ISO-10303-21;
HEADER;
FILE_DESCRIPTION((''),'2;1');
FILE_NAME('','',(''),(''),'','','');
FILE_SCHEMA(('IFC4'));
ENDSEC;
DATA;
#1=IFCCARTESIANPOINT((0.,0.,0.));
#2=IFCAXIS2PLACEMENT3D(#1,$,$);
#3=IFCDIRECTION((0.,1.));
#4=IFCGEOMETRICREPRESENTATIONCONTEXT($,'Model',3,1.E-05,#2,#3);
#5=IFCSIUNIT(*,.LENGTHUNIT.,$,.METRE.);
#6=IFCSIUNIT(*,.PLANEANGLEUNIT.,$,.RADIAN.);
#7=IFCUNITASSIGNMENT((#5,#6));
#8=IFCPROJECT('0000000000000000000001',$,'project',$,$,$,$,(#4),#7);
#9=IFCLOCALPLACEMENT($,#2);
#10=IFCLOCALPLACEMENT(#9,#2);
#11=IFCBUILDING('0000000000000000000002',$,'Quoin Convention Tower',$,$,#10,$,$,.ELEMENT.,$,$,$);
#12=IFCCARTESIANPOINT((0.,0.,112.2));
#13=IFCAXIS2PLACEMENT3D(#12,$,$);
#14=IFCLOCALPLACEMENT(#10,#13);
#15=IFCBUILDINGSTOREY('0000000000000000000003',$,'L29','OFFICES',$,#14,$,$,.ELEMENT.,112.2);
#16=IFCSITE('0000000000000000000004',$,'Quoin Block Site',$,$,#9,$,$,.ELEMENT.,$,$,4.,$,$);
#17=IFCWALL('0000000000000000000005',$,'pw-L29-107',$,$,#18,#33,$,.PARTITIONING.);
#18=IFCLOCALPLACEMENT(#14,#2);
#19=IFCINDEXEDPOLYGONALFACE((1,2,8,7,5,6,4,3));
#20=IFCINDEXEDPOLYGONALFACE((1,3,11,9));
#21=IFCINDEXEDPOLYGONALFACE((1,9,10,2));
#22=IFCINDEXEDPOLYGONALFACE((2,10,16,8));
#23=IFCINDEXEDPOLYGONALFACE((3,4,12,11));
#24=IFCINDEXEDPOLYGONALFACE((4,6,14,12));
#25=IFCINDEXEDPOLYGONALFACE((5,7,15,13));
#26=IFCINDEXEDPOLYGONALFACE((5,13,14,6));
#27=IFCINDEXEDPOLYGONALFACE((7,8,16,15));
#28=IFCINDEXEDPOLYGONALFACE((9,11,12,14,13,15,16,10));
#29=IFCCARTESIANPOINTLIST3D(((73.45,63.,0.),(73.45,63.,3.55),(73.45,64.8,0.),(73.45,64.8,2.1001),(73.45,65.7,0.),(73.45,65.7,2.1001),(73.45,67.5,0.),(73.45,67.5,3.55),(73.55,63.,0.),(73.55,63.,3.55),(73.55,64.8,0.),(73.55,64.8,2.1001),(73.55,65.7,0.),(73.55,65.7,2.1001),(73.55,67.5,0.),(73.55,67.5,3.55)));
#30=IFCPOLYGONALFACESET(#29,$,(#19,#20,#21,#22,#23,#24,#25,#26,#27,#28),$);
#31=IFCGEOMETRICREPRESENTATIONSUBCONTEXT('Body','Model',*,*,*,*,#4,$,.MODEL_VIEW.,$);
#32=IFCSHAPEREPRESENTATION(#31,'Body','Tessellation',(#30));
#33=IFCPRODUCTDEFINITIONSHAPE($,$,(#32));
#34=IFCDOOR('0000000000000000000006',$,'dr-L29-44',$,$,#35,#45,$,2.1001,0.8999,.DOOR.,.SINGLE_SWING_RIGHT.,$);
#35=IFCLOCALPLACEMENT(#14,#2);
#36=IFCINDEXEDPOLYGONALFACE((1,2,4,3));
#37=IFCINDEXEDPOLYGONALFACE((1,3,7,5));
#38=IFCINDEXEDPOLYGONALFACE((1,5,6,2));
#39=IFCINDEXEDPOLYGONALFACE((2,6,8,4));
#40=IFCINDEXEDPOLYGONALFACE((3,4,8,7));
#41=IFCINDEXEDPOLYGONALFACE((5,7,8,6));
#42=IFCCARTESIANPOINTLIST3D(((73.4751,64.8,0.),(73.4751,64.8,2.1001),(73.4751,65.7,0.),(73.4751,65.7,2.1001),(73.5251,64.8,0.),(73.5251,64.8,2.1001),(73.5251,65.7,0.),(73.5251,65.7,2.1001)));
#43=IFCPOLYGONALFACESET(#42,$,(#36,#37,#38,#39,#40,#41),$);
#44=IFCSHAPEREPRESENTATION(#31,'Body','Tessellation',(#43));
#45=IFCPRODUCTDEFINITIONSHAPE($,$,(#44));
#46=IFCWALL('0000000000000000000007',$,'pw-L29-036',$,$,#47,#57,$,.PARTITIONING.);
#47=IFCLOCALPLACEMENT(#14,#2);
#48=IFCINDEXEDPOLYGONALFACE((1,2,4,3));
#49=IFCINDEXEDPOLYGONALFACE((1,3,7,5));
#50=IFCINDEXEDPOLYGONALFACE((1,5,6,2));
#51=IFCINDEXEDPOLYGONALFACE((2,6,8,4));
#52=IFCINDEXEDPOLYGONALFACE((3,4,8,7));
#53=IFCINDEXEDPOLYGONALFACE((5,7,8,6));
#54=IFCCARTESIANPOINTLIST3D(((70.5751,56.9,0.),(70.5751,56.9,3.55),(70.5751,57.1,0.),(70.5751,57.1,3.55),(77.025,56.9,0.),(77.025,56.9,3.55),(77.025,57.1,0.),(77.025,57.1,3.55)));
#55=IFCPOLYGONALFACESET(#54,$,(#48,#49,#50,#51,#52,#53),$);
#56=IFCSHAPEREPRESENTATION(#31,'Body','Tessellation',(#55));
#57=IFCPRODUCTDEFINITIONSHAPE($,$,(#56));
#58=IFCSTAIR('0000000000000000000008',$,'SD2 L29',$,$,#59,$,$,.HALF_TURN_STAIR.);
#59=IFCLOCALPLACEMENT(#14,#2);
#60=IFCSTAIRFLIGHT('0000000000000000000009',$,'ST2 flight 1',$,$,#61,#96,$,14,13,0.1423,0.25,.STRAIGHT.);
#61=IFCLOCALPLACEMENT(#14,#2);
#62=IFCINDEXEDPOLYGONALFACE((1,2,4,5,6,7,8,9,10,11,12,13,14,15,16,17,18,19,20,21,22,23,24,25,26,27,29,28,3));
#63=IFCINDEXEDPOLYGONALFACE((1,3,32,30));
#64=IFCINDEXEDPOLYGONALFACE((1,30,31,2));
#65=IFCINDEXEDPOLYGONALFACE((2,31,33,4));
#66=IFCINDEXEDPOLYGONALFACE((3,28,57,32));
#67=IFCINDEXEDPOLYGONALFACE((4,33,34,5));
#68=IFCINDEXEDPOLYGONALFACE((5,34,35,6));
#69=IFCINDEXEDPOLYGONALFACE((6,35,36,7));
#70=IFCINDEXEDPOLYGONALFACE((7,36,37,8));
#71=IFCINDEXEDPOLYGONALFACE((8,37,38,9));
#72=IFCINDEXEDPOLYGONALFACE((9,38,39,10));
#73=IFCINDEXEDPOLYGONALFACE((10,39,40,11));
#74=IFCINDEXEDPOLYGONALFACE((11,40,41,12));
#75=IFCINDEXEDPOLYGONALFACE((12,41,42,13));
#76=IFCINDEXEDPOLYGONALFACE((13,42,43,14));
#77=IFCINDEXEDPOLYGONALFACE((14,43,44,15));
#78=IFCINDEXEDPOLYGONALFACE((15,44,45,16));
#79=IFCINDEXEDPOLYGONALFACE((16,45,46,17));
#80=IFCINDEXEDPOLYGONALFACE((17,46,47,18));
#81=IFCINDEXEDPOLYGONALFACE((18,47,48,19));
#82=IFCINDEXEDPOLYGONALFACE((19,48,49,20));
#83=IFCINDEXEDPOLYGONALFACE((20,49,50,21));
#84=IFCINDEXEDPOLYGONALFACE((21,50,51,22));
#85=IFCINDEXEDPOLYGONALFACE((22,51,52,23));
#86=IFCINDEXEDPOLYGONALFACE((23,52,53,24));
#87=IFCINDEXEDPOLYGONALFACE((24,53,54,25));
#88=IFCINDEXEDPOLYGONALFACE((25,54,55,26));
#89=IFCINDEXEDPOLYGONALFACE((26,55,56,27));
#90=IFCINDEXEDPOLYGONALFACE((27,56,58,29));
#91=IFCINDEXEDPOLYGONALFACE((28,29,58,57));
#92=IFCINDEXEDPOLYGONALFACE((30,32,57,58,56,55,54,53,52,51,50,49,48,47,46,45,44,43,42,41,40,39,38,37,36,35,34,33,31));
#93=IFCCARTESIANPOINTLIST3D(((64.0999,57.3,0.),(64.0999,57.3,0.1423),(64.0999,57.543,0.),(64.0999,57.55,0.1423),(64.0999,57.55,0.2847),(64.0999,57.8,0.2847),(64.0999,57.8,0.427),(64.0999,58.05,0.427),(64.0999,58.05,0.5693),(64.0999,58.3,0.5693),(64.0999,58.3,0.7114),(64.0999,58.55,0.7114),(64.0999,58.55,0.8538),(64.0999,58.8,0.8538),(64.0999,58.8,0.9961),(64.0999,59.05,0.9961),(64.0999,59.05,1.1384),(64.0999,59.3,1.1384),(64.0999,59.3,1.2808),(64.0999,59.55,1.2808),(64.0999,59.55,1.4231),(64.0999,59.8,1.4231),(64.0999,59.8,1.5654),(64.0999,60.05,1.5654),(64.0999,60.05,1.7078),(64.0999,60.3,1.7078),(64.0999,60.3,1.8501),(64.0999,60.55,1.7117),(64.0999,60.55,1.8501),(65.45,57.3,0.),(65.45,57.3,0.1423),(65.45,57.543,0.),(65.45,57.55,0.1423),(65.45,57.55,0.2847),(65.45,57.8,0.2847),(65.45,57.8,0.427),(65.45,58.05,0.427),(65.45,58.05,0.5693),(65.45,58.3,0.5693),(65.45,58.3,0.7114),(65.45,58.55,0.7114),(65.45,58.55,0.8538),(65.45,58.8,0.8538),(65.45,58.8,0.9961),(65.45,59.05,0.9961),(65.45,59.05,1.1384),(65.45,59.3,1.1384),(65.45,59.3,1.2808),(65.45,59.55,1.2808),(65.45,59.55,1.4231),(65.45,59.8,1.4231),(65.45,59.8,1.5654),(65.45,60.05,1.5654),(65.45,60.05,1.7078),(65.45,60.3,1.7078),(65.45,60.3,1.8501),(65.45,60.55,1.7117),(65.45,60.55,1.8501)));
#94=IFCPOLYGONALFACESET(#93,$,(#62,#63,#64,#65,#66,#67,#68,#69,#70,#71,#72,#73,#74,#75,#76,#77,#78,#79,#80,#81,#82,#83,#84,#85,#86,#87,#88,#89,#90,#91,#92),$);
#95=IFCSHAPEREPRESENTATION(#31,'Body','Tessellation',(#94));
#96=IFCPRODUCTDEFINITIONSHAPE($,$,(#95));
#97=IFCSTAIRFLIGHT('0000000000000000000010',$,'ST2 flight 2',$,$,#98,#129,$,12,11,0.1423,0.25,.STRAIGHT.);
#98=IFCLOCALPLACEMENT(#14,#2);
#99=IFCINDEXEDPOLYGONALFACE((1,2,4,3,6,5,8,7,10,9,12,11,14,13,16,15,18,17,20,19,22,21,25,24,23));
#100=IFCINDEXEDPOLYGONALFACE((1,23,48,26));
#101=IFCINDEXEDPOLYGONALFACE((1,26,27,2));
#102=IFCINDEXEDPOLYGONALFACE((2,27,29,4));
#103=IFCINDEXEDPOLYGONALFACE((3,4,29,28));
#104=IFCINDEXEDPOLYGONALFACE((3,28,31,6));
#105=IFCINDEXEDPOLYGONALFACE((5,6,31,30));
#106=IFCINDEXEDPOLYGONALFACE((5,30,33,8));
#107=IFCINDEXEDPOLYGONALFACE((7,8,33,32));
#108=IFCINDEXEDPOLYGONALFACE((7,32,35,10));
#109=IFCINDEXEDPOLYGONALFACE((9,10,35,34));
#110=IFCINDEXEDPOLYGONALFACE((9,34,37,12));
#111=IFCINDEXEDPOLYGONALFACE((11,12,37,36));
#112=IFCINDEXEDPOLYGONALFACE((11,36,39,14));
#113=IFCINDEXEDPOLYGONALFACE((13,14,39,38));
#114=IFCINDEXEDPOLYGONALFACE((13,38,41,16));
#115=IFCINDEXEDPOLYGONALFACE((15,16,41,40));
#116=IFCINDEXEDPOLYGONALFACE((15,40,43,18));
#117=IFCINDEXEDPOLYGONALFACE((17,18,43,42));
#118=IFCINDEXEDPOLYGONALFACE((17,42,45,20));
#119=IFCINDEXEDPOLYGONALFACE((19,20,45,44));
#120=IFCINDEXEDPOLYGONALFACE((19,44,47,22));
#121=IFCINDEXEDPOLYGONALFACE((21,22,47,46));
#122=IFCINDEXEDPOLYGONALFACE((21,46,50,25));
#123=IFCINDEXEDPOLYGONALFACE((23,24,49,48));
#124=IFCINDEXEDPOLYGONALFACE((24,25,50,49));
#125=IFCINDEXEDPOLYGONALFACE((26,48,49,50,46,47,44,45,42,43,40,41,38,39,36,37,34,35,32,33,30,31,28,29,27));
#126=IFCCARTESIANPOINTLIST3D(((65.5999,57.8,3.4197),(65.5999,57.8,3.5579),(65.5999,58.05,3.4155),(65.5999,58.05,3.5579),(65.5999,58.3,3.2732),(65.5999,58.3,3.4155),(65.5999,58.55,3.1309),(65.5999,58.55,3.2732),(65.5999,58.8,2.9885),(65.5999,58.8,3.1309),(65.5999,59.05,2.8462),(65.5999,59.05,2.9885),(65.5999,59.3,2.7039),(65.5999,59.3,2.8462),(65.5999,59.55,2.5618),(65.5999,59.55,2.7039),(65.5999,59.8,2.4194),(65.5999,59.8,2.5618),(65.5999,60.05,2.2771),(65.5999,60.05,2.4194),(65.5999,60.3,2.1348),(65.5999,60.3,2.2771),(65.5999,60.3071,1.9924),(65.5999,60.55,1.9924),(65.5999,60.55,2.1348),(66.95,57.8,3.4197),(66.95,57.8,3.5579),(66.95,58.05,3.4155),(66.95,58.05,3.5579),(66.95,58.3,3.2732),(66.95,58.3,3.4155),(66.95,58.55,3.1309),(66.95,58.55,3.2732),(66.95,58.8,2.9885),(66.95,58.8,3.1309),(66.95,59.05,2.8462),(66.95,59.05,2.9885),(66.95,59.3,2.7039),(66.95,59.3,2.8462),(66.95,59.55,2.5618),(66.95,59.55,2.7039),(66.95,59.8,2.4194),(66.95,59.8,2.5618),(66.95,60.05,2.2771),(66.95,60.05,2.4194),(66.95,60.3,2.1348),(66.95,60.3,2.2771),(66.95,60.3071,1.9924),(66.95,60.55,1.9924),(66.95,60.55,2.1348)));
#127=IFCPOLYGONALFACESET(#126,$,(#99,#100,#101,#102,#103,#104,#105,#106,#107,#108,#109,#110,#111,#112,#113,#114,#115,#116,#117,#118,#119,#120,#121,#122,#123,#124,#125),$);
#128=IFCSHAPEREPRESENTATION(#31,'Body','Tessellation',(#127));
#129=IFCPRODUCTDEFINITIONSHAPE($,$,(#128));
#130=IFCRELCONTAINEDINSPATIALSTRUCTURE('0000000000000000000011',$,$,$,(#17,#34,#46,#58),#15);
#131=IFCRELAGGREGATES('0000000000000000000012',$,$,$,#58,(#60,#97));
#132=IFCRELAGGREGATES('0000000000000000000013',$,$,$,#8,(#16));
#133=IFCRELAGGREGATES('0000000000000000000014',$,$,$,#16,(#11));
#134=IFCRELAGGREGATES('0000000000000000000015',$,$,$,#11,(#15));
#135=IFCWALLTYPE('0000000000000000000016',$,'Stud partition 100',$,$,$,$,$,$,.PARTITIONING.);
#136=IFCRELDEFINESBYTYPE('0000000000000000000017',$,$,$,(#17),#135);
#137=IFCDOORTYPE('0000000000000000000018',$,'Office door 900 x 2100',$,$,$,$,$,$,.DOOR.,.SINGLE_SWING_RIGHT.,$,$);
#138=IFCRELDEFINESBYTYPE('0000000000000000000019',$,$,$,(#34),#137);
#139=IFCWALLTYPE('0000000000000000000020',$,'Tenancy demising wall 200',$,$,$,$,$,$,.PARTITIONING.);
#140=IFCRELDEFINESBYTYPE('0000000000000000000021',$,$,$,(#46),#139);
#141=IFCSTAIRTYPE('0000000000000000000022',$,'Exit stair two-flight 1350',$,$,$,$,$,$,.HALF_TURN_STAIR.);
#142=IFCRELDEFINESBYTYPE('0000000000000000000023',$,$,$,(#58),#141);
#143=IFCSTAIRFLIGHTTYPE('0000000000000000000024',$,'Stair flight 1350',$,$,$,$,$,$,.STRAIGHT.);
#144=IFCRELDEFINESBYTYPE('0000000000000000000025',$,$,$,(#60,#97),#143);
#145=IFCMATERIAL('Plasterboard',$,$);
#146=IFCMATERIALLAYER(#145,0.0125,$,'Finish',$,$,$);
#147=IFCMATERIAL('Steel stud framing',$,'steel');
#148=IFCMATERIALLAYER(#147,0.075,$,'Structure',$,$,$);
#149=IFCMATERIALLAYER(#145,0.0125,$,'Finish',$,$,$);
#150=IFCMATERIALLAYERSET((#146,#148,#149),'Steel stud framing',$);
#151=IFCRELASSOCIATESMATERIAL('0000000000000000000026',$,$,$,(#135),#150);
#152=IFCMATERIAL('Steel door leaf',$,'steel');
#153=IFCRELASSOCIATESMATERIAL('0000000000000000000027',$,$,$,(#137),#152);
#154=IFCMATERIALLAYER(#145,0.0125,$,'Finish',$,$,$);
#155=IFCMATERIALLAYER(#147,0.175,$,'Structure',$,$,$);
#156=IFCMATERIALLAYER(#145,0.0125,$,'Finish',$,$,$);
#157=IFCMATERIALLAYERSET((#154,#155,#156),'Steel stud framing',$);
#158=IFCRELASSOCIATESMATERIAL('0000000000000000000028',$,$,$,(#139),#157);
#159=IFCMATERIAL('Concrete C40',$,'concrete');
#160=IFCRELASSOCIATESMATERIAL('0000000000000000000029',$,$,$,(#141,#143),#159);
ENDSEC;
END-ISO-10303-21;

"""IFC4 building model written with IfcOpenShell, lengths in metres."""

from ifc_helpers import new_model, si_unit, direction, frame, frame_2d, origin, place, context, subcontext, project, spatial, polyline, rectangle, outline, extrude, material, layer, layer_set, type_object, element, fill, aggregate, save


model = new_model("IFC4")

# Units and contexts
model_context = context("Model", 3, precision=1e-05, world=origin(), true_north=direction((0.0, 1.0)))
body_context = subcontext(model_context, "Body", "Model", "MODEL_VIEW")
ifc_project = project(units=[si_unit("LENGTHUNIT", "METRE"), si_unit("PLANEANGLEUNIT", "RADIAN")], contexts=[model_context])

# Site, building, storey
site_placement = place(None, origin())
site = spatial("IfcSite", under=ifc_project, at=site_placement, Name="Quoin Block Site", CompositionType="ELEMENT", RefElevation=4.0)
building_placement = place(site_placement, origin())
building = spatial("IfcBuilding", under=site, at=building_placement, Name="Quoin Convention Tower", CompositionType="ELEMENT")
storey_placement = place(building_placement, frame((0.0, 0.0, 112.2)))
storey = spatial("IfcBuildingStorey", under=building, at=storey_placement, Name="L29", Description="OFFICES", CompositionType="ELEMENT", Elevation=112.2)

# Shared definitions
ifc_material_1 = material(Name="Plasterboard")
ifc_material_2 = material(Name="Steel stud framing", Category="steel")

# Shared definitions
ifc_material_3 = material(Name="Steel door leaf", Category="steel")
ifc_layer_1 = layer(ifc_material_1, 0.0125, Name="Finish")
ifc_layer_2 = layer(ifc_material_2, 0.075, Name="Structure")
ifc_layer_3 = layer(ifc_material_1, 0.0125, Name="Finish")
ifc_layer_set_1 = layer_set([ifc_layer_1, ifc_layer_2, ifc_layer_3], Name="Steel stud framing")
wall_type_1 = type_object("IfcWallType", Name="Stud partition 100", PredefinedType="PARTITIONING", material=ifc_layer_set_1)
door_type_1 = type_object("IfcDoorType", Name="Office door 900 x 2100", OperationType="SINGLE_SWING_RIGHT", PredefinedType="DOOR", material=ifc_material_3)

# Wall, opening, door
wall_1_placement = place(storey_placement, frame((73.5, 63.0, 0.0), z_axis=(0.0, 0.0, 1.0), x_axis=(0.0, 1.0, 0.0)))
wall_1 = element("IfcWall", 1, at=wall_1_placement, inside=storey, type_object=wall_type_1, Name="pw-L29-107", PredefinedType="PARTITIONING", context=body_context, shape_type="SweptSolid", body=[
    extrude(rectangle(XDim=4.5, YDim=0.1001, at=frame_2d((2.25, 0.0))), origin(), (0.0, 0.0, 1.0), 3.55),
])
opening_1_placement = place(wall_1_placement, frame((1.8, 0.0, 0.0)))
opening_1 = element("IfcOpeningElement", 2, at=opening_1_placement, cuts=wall_1, PredefinedType="OPENING", context=body_context, shape_type="SweptSolid", body=[
    extrude(rectangle(XDim=0.8999, YDim=2.1001, at=frame_2d((0.45, 1.05))), frame((0.0, 0.0601, 0.0), z_axis=(0.0, -1.0, 0.0), x_axis=(1.0, 0.0, 0.0)), (0.0, 0.0, 1.0), 0.1201),
])
door_1_placement = place(opening_1_placement, origin())
door_1 = element("IfcDoor", 3, at=door_1_placement, inside=storey, type_object=door_type_1, Name="dr-L29-44", OperationType="SINGLE_SWING_RIGHT", OverallHeight=2.1001, OverallWidth=0.8999, PredefinedType="DOOR", context=body_context, shape_type="SweptSolid", body=[
    extrude(rectangle(XDim=0.8999, YDim=2.1001, at=frame_2d((0.45, 1.05))), frame((0.0, 0.0249, 0.0), z_axis=(0.0, -1.0, 0.0), x_axis=(1.0, 0.0, 0.0)), (0.0, 0.0, 1.0), 0.05),
])
fill(opening_1, door_1)

# Wall
ifc_layer_4 = layer(ifc_material_1, 0.0125, Name="Finish")
ifc_layer_5 = layer(ifc_material_2, 0.175, Name="Structure")
ifc_layer_6 = layer(ifc_material_1, 0.0125, Name="Finish")
ifc_layer_set_2 = layer_set([ifc_layer_4, ifc_layer_5, ifc_layer_6], Name="Steel stud framing")
wall_type_2 = type_object("IfcWallType", Name="Tenancy demising wall 200", PredefinedType="PARTITIONING", material=ifc_layer_set_2)
wall_2_placement = place(storey_placement, frame((70.575, 57.0, 0.0), z_axis=(0.0, 0.0, 1.0), x_axis=(1.0, 0.0, 0.0)))
element("IfcWall", 4, at=wall_2_placement, inside=storey, type_object=wall_type_2, Name="pw-L29-036", PredefinedType="PARTITIONING", context=body_context, shape_type="SweptSolid", body=[
    extrude(rectangle(XDim=6.45, YDim=0.2, at=frame_2d((3.2251, 0.0))), origin(), (0.0, 0.0, 1.0), 3.55),
])

# Stair, stair flights
ifc_material_4 = material(Name="Concrete C40", Category="concrete")
stair_type = type_object("IfcStairType", Name="Exit stair two-flight 1350", PredefinedType="HALF_TURN_STAIR", material=ifc_material_4)
stair_placement = place(storey_placement, origin())
stair = element("IfcStair", 5, at=stair_placement, inside=storey, type_object=stair_type, Name="SD2 L29", PredefinedType="HALF_TURN_STAIR")
stair_flight_type = type_object("IfcStairFlightType", Name="Stair flight 1350", PredefinedType="STRAIGHT", material=ifc_material_4)
stair_flight_1_placement = place(storey_placement, frame((64.7749, 57.3, 0.0), z_axis=(0.0, 0.0, 1.0), x_axis=(0.0, 1.0, 0.0)))
stair_flight_1 = element("IfcStairFlight", 6, at=stair_flight_1_placement, type_object=stair_flight_type, Name="ST2 flight 1", NumberOfRisers=14, NumberOfTreads=13, PredefinedType="STRAIGHT", RiserHeight=0.1423, TreadLength=0.25, context=body_context, shape_type="SweptSolid", body=[
    extrude(outline(polyline([(0.0, 0.0), (0.0, 0.1423), (0.25, 0.1423), (0.25, 0.2847), (0.5, 0.2847), (0.5, 0.427), (0.75, 0.427), (0.75, 0.5693), (1.0, 0.5693), (1.0, 0.7114), (1.25, 0.7114), (1.25, 0.8538), (1.5, 0.8538), (1.5, 0.9961), (1.75, 0.9961), (1.75, 1.1384), (2.0, 1.1384), (2.0, 1.2808), (2.25, 1.2808), (2.25, 1.4231), (2.5, 1.4231), (2.5, 1.5654), (2.75, 1.5654), (2.75, 1.7078), (3.0, 1.7078), (3.0, 1.8501), (3.25, 1.8501), (3.25, 1.9922), (3.25, 1.7117), (0.2429, 0.0), (0.0, 0.0)])), frame((0.0, 0.675, 0.0), z_axis=(0.0, -1.0, 0.0), x_axis=(1.0, 0.0, 0.0)), (0.0, 0.0, 1.0), 1.3501),
])
stair_flight_2_placement = place(storey_placement, frame((66.2749, 60.55, 1.9924), z_axis=(0.0, 0.0, 1.0), x_axis=(0.0, -1.0, 0.0)))
stair_flight_2 = element("IfcStairFlight", 7, at=stair_flight_2_placement, type_object=stair_flight_type, Name="ST2 flight 2", NumberOfRisers=12, NumberOfTreads=11, PredefinedType="STRAIGHT", RiserHeight=0.1423, TreadLength=0.25, context=body_context, shape_type="SweptSolid", body=[
    extrude(outline(polyline([(0.0, 0.0), (0.0, 0.1423), (0.25, 0.1423), (0.25, 0.2847), (0.5, 0.2847), (0.5, 0.427), (0.75, 0.427), (0.75, 0.5693), (1.0, 0.5693), (1.0, 0.7114), (1.25, 0.7114), (1.25, 0.8538), (1.5, 0.8538), (1.5, 0.9961), (1.75, 0.9961), (1.75, 1.1384), (2.0, 1.1384), (2.0, 1.2808), (2.25, 1.2808), (2.25, 1.4231), (2.5, 1.4231), (2.5, 1.5654), (2.75, 1.5654), (2.75, 1.7078), (2.75, 1.4272), (0.2429, 0.0), (0.0, 0.0)])), frame((0.0, 0.675, 0.0), z_axis=(0.0, -1.0, 0.0), x_axis=(1.0, 0.0, 0.0)), (0.0, 0.0, 1.0), 1.3501),
])
aggregate(stair, [stair_flight_1, stair_flight_2])

save(model, "model.ifc")
